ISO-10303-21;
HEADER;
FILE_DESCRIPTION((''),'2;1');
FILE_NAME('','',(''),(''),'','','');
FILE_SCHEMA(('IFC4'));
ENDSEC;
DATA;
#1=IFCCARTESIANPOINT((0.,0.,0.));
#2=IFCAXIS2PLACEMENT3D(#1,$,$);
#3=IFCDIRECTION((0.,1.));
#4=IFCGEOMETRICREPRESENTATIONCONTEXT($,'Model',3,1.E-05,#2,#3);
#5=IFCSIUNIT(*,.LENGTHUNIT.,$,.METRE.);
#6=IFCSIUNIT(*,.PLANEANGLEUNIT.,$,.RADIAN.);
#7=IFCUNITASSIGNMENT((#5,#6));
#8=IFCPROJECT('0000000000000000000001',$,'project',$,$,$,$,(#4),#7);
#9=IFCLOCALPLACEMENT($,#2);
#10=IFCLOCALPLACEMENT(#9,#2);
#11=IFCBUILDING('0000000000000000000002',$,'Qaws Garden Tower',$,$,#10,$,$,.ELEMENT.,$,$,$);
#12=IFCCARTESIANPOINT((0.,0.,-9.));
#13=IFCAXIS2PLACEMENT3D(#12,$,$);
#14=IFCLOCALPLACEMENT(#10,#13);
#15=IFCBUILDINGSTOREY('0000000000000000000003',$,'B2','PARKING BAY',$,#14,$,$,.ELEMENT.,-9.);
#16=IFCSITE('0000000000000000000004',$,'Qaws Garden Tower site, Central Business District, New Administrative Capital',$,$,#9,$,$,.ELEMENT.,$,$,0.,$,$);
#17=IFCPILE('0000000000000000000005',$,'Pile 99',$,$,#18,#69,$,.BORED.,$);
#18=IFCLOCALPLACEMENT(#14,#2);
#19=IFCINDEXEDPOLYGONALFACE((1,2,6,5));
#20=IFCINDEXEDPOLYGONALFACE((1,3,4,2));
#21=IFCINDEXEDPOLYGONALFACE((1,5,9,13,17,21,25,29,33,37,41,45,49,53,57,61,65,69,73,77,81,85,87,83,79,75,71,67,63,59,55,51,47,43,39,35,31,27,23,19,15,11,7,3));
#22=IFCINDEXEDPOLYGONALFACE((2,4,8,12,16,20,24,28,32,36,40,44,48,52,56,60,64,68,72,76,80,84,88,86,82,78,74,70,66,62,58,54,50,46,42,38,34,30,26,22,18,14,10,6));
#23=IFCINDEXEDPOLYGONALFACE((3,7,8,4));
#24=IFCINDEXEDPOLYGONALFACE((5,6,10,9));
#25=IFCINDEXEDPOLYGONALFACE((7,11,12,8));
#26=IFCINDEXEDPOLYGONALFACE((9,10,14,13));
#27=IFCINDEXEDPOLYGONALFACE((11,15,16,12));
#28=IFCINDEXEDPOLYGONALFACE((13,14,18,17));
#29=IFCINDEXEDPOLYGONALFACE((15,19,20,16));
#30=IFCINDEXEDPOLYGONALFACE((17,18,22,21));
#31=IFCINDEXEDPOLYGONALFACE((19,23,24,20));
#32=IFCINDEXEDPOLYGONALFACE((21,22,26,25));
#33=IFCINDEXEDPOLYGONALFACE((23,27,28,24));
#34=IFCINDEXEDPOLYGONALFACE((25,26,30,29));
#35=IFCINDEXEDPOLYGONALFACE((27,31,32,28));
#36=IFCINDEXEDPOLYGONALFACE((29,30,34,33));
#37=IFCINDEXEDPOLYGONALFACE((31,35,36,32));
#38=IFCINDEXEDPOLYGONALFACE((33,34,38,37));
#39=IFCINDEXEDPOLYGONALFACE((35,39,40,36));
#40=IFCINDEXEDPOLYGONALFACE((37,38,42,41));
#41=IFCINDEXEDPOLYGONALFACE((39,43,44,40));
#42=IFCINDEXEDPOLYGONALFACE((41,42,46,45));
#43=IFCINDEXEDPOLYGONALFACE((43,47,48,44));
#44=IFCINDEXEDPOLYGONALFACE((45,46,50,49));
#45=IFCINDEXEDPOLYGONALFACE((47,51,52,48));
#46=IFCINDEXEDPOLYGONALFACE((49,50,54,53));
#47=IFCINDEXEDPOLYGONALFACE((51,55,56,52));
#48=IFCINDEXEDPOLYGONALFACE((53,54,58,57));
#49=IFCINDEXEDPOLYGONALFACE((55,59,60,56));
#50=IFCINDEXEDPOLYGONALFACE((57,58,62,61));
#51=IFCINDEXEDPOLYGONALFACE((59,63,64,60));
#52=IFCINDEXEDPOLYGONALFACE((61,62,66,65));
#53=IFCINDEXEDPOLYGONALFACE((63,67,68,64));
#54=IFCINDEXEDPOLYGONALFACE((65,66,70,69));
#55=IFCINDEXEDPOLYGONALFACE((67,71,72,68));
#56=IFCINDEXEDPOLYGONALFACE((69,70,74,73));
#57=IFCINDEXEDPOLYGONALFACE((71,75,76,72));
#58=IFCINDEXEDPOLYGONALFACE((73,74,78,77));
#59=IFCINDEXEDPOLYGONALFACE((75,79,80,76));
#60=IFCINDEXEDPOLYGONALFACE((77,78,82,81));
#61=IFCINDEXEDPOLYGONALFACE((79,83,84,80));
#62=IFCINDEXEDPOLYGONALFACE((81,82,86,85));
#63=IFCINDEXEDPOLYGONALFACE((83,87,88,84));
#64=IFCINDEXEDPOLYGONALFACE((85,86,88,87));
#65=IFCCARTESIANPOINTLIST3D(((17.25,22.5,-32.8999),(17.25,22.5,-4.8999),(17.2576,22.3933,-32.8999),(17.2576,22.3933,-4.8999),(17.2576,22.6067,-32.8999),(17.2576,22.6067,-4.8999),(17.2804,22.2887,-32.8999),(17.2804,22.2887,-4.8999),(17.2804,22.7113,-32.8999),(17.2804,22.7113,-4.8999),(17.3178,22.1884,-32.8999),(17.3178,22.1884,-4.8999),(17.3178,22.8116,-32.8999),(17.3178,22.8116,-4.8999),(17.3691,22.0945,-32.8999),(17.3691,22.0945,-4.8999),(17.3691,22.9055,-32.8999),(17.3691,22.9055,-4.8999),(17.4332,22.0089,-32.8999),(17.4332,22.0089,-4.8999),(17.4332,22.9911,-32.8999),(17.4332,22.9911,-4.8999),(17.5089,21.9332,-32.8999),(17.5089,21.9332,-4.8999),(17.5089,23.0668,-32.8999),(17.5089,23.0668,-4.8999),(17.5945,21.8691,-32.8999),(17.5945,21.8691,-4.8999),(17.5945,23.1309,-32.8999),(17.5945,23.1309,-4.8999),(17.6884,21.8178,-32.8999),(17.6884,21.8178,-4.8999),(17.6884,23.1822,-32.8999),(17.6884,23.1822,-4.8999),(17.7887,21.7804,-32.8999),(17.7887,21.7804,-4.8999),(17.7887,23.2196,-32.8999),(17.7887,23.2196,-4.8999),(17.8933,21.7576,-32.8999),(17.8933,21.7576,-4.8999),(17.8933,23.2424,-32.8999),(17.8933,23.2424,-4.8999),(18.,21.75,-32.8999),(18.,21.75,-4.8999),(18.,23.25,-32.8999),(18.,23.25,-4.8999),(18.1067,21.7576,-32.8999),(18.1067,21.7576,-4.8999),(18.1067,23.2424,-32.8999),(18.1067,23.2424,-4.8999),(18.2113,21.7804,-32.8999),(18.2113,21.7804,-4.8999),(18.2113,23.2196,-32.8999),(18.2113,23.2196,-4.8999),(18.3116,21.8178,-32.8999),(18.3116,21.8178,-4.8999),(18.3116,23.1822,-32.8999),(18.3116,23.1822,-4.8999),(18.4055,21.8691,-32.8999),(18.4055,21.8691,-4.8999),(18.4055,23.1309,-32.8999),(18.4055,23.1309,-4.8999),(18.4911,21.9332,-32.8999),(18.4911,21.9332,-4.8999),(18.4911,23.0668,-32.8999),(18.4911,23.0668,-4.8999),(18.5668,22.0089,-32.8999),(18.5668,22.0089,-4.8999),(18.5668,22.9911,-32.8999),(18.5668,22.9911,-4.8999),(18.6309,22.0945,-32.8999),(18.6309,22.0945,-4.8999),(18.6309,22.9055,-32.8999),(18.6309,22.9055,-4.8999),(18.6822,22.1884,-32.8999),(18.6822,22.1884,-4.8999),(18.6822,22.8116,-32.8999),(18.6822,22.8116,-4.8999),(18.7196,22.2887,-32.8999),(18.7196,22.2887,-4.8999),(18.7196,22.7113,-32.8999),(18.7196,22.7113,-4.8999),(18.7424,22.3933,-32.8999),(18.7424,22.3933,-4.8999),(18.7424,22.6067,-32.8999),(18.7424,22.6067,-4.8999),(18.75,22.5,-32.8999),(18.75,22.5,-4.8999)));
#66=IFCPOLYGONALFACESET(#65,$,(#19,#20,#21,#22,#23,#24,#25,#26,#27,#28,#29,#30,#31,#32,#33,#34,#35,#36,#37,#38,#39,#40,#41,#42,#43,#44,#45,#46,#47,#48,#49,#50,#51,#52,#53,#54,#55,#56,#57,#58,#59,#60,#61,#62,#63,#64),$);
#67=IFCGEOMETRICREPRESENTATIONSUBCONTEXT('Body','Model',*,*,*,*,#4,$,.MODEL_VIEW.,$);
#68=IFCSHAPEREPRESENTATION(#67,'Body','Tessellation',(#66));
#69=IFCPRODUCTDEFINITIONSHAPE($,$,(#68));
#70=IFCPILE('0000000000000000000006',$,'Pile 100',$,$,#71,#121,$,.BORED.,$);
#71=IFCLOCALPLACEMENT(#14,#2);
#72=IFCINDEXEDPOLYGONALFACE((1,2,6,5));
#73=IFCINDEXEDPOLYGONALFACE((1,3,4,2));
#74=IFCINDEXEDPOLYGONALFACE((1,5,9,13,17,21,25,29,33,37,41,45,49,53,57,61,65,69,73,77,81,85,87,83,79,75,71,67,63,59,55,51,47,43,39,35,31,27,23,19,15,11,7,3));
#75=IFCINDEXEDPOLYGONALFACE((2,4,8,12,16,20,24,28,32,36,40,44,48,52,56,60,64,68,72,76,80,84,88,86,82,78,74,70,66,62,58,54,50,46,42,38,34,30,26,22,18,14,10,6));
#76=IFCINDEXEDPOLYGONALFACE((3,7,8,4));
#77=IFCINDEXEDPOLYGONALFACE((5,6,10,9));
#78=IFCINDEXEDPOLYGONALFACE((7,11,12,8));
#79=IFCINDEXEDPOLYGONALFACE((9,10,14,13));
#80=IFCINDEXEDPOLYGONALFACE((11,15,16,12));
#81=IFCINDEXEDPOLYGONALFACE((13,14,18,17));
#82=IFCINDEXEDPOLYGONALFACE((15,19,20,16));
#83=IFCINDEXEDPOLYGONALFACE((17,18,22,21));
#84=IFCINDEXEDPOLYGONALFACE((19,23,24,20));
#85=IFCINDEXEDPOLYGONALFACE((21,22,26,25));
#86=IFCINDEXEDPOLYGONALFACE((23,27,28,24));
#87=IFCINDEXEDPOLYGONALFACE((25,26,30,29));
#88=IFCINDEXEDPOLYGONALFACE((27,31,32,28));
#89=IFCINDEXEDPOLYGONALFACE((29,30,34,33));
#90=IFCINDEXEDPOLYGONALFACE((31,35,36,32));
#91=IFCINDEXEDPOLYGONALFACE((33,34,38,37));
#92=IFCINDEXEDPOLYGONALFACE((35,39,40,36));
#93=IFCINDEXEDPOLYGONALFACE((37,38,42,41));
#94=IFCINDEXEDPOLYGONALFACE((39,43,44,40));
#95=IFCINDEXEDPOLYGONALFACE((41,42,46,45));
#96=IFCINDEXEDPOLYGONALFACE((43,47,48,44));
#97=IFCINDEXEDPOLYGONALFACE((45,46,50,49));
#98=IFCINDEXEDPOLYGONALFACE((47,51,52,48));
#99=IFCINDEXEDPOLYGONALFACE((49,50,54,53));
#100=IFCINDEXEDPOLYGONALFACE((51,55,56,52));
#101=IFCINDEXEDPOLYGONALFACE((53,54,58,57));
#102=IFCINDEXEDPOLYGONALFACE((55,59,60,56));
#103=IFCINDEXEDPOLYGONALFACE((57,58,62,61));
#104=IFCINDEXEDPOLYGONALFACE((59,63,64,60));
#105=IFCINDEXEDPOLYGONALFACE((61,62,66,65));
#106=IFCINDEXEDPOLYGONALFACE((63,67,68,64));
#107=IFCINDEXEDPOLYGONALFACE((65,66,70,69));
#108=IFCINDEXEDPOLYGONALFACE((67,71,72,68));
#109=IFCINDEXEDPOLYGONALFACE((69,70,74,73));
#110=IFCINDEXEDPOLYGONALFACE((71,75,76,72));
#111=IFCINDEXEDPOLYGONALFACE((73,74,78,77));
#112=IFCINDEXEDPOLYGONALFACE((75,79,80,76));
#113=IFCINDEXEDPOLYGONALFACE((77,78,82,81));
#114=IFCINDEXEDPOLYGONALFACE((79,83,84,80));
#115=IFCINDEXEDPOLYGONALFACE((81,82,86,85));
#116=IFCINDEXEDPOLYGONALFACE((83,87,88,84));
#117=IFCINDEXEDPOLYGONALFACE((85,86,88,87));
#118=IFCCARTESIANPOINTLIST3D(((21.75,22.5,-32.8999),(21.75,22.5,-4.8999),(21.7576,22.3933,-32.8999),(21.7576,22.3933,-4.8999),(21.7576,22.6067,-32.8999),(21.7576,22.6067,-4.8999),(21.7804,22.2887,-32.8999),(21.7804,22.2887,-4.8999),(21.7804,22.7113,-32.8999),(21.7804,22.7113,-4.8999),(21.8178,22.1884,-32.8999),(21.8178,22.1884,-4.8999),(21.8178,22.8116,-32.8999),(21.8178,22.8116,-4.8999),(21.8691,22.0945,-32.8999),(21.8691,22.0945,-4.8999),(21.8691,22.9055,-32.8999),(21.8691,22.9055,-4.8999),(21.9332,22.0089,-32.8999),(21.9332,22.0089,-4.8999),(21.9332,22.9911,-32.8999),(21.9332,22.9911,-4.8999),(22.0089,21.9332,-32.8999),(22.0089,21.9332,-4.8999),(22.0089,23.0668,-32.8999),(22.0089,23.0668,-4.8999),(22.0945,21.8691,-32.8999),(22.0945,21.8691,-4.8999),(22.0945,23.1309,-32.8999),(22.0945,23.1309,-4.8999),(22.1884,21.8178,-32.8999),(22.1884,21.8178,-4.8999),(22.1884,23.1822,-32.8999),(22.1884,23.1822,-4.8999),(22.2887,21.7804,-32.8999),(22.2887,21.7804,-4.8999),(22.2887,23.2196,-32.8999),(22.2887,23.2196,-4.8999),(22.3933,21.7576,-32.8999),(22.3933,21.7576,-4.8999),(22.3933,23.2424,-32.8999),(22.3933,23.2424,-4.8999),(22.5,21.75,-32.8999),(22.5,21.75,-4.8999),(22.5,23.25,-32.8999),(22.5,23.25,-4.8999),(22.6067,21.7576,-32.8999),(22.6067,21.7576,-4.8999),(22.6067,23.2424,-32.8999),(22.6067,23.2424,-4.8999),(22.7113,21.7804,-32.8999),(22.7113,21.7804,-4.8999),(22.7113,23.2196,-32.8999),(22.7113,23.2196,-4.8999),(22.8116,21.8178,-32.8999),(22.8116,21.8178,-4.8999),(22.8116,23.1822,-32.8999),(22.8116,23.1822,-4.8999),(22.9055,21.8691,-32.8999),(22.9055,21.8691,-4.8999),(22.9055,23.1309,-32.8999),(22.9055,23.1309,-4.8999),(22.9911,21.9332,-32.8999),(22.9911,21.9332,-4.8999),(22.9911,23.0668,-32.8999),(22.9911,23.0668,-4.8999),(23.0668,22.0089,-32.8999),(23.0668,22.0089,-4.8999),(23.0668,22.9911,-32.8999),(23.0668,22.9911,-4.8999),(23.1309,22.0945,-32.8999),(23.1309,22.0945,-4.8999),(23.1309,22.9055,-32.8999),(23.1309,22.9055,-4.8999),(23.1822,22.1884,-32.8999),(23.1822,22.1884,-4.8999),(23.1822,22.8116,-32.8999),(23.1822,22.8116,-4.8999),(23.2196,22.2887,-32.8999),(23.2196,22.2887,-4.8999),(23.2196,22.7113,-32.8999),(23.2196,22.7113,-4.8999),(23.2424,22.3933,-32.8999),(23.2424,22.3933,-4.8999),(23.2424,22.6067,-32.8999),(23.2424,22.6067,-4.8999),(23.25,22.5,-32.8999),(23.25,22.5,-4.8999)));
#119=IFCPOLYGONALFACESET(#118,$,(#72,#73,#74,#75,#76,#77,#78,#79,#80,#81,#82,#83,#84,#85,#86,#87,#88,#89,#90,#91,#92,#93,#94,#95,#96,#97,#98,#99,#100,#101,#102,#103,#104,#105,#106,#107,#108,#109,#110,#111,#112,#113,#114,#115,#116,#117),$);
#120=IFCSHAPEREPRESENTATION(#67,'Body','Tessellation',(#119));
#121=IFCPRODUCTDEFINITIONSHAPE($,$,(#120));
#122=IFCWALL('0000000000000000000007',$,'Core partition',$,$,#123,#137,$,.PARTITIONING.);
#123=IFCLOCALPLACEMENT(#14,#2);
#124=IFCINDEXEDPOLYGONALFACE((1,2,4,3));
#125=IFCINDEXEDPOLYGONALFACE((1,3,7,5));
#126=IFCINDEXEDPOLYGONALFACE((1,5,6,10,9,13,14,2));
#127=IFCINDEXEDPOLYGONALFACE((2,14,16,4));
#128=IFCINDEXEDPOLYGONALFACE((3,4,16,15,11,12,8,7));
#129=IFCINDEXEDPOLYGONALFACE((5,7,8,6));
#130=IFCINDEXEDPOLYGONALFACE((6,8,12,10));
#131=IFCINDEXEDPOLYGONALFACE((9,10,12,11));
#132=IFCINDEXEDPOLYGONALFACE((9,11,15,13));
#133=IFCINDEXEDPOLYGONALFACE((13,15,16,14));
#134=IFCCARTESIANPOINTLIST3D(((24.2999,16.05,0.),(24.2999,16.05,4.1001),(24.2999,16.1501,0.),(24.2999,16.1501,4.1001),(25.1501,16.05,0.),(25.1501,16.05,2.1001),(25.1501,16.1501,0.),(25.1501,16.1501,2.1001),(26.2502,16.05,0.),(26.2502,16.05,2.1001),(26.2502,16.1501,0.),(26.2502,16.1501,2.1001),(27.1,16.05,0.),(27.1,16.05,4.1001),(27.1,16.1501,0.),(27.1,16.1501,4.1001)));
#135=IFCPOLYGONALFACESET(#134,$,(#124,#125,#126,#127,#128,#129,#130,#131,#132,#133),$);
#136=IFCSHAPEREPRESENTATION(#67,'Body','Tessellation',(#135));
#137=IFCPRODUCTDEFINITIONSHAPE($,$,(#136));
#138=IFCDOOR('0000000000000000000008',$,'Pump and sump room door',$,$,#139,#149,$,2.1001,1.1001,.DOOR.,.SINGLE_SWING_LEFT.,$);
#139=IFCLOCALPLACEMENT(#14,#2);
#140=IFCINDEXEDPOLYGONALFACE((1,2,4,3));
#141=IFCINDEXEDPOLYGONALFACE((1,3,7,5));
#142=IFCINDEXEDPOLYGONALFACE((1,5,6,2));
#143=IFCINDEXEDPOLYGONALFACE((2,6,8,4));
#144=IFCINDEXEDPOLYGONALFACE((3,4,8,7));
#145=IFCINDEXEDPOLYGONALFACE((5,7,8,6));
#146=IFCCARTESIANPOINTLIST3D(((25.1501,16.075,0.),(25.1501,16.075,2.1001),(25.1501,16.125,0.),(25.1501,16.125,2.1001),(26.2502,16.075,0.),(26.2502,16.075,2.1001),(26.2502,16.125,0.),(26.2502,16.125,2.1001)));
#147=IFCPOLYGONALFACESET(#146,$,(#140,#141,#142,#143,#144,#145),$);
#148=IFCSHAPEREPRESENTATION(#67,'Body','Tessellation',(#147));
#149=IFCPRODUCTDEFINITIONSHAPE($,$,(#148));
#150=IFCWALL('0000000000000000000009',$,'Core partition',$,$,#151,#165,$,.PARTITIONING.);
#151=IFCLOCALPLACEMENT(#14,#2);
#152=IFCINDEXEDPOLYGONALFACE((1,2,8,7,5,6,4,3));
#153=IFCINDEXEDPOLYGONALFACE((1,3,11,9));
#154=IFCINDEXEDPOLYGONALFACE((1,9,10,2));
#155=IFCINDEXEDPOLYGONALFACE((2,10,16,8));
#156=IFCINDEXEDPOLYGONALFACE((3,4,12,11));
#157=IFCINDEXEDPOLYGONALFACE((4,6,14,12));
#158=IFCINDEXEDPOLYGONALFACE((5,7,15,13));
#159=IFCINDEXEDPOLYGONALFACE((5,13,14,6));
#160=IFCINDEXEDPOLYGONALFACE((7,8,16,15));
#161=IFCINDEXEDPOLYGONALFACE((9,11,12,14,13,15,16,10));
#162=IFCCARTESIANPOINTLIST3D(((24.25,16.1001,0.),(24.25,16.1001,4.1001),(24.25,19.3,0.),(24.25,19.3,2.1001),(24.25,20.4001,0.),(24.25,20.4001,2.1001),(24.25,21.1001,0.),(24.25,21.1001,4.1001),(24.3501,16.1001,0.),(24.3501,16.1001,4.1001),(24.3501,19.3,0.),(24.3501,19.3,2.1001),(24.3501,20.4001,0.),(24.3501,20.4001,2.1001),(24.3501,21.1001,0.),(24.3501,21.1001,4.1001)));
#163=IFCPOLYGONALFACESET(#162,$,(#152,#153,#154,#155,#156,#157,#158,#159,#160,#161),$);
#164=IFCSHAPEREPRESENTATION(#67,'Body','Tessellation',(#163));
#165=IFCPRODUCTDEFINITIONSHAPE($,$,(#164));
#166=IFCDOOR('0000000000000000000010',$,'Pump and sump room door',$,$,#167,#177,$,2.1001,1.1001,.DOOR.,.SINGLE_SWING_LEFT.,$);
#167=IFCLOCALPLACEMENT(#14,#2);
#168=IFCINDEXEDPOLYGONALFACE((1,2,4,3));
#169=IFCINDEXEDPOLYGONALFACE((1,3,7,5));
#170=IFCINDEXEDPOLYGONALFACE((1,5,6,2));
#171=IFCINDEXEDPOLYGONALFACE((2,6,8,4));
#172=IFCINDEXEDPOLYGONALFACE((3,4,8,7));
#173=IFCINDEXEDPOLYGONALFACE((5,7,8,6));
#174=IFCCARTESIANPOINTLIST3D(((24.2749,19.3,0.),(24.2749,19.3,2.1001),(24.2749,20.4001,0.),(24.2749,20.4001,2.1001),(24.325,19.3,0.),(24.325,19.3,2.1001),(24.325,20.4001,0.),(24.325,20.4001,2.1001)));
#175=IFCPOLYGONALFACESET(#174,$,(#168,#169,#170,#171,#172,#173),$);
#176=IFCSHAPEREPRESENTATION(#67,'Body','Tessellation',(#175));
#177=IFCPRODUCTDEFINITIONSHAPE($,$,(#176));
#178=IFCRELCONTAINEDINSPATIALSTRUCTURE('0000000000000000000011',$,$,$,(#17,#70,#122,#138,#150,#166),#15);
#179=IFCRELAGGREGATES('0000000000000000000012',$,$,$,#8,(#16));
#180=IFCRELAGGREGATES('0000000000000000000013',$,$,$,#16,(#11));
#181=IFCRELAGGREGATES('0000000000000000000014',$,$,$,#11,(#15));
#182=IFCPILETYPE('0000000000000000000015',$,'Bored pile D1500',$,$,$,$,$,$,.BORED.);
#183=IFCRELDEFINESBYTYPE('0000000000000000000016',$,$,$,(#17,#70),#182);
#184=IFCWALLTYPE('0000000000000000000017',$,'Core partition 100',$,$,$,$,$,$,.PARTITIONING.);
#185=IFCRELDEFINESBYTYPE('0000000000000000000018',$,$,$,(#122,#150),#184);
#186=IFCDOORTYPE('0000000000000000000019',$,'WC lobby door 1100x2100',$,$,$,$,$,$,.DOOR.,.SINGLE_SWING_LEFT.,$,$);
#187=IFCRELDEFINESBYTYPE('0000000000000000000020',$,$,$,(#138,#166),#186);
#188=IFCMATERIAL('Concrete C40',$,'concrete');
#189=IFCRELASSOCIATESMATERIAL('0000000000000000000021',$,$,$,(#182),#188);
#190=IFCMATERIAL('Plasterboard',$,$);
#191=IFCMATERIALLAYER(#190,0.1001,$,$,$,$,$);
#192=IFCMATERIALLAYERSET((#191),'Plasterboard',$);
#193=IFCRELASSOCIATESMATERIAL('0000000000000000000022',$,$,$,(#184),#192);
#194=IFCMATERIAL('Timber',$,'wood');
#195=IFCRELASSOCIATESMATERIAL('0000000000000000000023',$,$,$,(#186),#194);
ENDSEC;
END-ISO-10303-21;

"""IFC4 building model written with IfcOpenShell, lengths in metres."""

from ifc_helpers import new_model, si_unit, direction, frame, frame_2d, origin, origin_2d, place, context, subcontext, project, spatial, rectangle, circle, extrude, material, layer, layer_set, material_profile, profile_set, type_object, element, fill, save


model = new_model("IFC4")

# Units and contexts
model_context = context("Model", 3, precision=1e-05, world=origin(), true_north=direction((0.0, 1.0)))
body_context = subcontext(model_context, "Body", "Model", "MODEL_VIEW")
ifc_project = project(units=[si_unit("LENGTHUNIT", "METRE"), si_unit("PLANEANGLEUNIT", "RADIAN")], contexts=[model_context])

# Site, building, storey
site_placement = place(None, origin())
site = spatial("IfcSite", under=ifc_project, at=site_placement, Name="Qaws Garden Tower site, Central Business District, New Administrative Capital", CompositionType="ELEMENT", RefElevation=0.0)
building_placement = place(site_placement, origin())
building = spatial("IfcBuilding", under=site, at=building_placement, Name="Qaws Garden Tower", CompositionType="ELEMENT")
storey_placement = place(building_placement, frame((0.0, 0.0, -9.0)))
storey = spatial("IfcBuildingStorey", under=building, at=storey_placement, Name="B2", Description="PARKING BAY", CompositionType="ELEMENT", Elevation=-9.0)

# Piles
ifc_material_1 = material(Name="Concrete C40", Category="concrete")
ifc_material_profile = material_profile(ifc_material_1, circle(Radius=0.75, at=origin_2d()), Name="Bored pile D1500")
ifc_profile_set = profile_set([ifc_material_profile], Name="Concrete C40")
pile_type = type_object("IfcPileType", Name="Bored pile D1500", PredefinedType="BORED", material=ifc_profile_set)
for number, where, z_axis, x_axis, name in (
    (1, (18.0, 22.5, -4.8999), (0.0, 0.0, -1.0), (1.0, 0.0, 0.0), "Pile 99"),
    (2, (22.5, 22.5, -4.8999), (0.0, 0.0, -1.0), (1.0, 0.0, 0.0), "Pile 100"),
):
    element("IfcPile", number, at=place(storey_placement, frame(where, z_axis=z_axis, x_axis=x_axis)), inside=storey, type_object=pile_type, Name=name, PredefinedType="BORED", context=body_context, shape_type="SweptSolid", body=[
        extrude(circle(Radius=0.75, at=origin_2d()), origin(), (0.0, 0.0, 1.0), 28.0),
    ])

# Walls, openings, doors
ifc_material_2 = material(Name="Plasterboard")
ifc_layer_1 = layer(ifc_material_2, 0.1001)
ifc_layer_set_1 = layer_set([ifc_layer_1], Name="Plasterboard")
wall_type_1 = type_object("IfcWallType", Name="Core partition 100", PredefinedType="PARTITIONING", material=ifc_layer_set_1)
wall_1_placement = place(storey_placement, frame((24.3, 16.1001, 0.0), z_axis=(0.0, 0.0, 1.0), x_axis=(1.0, 0.0, 0.0)))
wall_1 = element("IfcWall", 3, at=wall_1_placement, inside=storey, type_object=wall_type_1, Name="Core partition", PredefinedType="PARTITIONING", context=body_context, shape_type="SweptSolid", body=[
    extrude(rectangle(XDim=2.8, YDim=0.1001, at=frame_2d((1.3999, 0.0))), origin(), (0.0, 0.0, 1.0), 4.1001),
])
opening_1_placement = place(wall_1_placement, frame((0.8501, 0.0, 0.0)))
opening_1 = element("IfcOpeningElement", 4, at=opening_1_placement, cuts=wall_1, PredefinedType="OPENING", context=body_context, shape_type="SweptSolid", body=[
    extrude(rectangle(XDim=1.1001, YDim=2.1001, at=frame_2d((0.55, 1.05))), frame((0.0, 0.0601, 0.0), z_axis=(0.0, -1.0, 0.0), x_axis=(1.0, 0.0, 0.0)), (0.0, 0.0, 1.0), 0.1201),
])
ifc_material_3 = material(Name="Timber", Category="wood")
door_type_1 = type_object("IfcDoorType", Name="WC lobby door 1100x2100", OperationType="SINGLE_SWING_LEFT", PredefinedType="DOOR", material=ifc_material_3)
door_1_placement = place(opening_1_placement, origin())
door_1 = element("IfcDoor", 5, at=door_1_placement, inside=storey, type_object=door_type_1, Name="Pump and sump room door", OperationType="SINGLE_SWING_LEFT", OverallHeight=2.1001, OverallWidth=1.1001, PredefinedType="DOOR", context=body_context, shape_type="SweptSolid", body=[
    extrude(rectangle(XDim=1.1001, YDim=2.1001, at=frame_2d((0.55, 1.05))), frame((0.0, 0.0249, 0.0), z_axis=(0.0, -1.0, 0.0), x_axis=(1.0, 0.0, 0.0)), (0.0, 0.0, 1.0), 0.05),
])
fill(opening_1, door_1)
wall_2_placement = place(storey_placement, frame((24.3, 16.1001, 0.0), z_axis=(0.0, 0.0, 1.0), x_axis=(0.0, 1.0, 0.0)))
wall_2 = element("IfcWall", 6, at=wall_2_placement, inside=storey, type_object=wall_type_1, Name="Core partition", PredefinedType="PARTITIONING", context=body_context, shape_type="SweptSolid", body=[
    extrude(rectangle(XDim=5.0, YDim=0.1001, at=frame_2d((2.5, 0.0))), origin(), (0.0, 0.0, 1.0), 4.1001),
])
opening_2_placement = place(wall_2_placement, frame((3.2, 0.0, 0.0)))
opening_2 = element("IfcOpeningElement", 7, at=opening_2_placement, cuts=wall_2, PredefinedType="OPENING", context=body_context, shape_type="SweptSolid", body=[
    extrude(rectangle(XDim=1.1001, YDim=2.1001, at=frame_2d((0.55, 1.05))), frame((0.0, 0.0601, 0.0), z_axis=(0.0, -1.0, 0.0), x_axis=(1.0, 0.0, 0.0)), (0.0, 0.0, 1.0), 0.1201),
])
door_2_placement = place(opening_2_placement, frame((1.1001, 0.0, 0.0), z_axis=(0.0, 0.0, 1.0), x_axis=(-1.0, 0.0, 0.0)))
door_2 = element("IfcDoor", 8, at=door_2_placement, inside=storey, type_object=door_type_1, Name="Pump and sump room door", OperationType="SINGLE_SWING_LEFT", OverallHeight=2.1001, OverallWidth=1.1001, PredefinedType="DOOR", context=body_context, shape_type="SweptSolid", body=[
    extrude(rectangle(XDim=1.1001, YDim=2.1001, at=frame_2d((0.55, 1.05))), frame((0.0, 0.0249, 0.0), z_axis=(0.0, -1.0, 0.0), x_axis=(1.0, 0.0, 0.0)), (0.0, 0.0, 1.0), 0.05),
])
fill(opening_2, door_2)

save(model, "model.ifc")
